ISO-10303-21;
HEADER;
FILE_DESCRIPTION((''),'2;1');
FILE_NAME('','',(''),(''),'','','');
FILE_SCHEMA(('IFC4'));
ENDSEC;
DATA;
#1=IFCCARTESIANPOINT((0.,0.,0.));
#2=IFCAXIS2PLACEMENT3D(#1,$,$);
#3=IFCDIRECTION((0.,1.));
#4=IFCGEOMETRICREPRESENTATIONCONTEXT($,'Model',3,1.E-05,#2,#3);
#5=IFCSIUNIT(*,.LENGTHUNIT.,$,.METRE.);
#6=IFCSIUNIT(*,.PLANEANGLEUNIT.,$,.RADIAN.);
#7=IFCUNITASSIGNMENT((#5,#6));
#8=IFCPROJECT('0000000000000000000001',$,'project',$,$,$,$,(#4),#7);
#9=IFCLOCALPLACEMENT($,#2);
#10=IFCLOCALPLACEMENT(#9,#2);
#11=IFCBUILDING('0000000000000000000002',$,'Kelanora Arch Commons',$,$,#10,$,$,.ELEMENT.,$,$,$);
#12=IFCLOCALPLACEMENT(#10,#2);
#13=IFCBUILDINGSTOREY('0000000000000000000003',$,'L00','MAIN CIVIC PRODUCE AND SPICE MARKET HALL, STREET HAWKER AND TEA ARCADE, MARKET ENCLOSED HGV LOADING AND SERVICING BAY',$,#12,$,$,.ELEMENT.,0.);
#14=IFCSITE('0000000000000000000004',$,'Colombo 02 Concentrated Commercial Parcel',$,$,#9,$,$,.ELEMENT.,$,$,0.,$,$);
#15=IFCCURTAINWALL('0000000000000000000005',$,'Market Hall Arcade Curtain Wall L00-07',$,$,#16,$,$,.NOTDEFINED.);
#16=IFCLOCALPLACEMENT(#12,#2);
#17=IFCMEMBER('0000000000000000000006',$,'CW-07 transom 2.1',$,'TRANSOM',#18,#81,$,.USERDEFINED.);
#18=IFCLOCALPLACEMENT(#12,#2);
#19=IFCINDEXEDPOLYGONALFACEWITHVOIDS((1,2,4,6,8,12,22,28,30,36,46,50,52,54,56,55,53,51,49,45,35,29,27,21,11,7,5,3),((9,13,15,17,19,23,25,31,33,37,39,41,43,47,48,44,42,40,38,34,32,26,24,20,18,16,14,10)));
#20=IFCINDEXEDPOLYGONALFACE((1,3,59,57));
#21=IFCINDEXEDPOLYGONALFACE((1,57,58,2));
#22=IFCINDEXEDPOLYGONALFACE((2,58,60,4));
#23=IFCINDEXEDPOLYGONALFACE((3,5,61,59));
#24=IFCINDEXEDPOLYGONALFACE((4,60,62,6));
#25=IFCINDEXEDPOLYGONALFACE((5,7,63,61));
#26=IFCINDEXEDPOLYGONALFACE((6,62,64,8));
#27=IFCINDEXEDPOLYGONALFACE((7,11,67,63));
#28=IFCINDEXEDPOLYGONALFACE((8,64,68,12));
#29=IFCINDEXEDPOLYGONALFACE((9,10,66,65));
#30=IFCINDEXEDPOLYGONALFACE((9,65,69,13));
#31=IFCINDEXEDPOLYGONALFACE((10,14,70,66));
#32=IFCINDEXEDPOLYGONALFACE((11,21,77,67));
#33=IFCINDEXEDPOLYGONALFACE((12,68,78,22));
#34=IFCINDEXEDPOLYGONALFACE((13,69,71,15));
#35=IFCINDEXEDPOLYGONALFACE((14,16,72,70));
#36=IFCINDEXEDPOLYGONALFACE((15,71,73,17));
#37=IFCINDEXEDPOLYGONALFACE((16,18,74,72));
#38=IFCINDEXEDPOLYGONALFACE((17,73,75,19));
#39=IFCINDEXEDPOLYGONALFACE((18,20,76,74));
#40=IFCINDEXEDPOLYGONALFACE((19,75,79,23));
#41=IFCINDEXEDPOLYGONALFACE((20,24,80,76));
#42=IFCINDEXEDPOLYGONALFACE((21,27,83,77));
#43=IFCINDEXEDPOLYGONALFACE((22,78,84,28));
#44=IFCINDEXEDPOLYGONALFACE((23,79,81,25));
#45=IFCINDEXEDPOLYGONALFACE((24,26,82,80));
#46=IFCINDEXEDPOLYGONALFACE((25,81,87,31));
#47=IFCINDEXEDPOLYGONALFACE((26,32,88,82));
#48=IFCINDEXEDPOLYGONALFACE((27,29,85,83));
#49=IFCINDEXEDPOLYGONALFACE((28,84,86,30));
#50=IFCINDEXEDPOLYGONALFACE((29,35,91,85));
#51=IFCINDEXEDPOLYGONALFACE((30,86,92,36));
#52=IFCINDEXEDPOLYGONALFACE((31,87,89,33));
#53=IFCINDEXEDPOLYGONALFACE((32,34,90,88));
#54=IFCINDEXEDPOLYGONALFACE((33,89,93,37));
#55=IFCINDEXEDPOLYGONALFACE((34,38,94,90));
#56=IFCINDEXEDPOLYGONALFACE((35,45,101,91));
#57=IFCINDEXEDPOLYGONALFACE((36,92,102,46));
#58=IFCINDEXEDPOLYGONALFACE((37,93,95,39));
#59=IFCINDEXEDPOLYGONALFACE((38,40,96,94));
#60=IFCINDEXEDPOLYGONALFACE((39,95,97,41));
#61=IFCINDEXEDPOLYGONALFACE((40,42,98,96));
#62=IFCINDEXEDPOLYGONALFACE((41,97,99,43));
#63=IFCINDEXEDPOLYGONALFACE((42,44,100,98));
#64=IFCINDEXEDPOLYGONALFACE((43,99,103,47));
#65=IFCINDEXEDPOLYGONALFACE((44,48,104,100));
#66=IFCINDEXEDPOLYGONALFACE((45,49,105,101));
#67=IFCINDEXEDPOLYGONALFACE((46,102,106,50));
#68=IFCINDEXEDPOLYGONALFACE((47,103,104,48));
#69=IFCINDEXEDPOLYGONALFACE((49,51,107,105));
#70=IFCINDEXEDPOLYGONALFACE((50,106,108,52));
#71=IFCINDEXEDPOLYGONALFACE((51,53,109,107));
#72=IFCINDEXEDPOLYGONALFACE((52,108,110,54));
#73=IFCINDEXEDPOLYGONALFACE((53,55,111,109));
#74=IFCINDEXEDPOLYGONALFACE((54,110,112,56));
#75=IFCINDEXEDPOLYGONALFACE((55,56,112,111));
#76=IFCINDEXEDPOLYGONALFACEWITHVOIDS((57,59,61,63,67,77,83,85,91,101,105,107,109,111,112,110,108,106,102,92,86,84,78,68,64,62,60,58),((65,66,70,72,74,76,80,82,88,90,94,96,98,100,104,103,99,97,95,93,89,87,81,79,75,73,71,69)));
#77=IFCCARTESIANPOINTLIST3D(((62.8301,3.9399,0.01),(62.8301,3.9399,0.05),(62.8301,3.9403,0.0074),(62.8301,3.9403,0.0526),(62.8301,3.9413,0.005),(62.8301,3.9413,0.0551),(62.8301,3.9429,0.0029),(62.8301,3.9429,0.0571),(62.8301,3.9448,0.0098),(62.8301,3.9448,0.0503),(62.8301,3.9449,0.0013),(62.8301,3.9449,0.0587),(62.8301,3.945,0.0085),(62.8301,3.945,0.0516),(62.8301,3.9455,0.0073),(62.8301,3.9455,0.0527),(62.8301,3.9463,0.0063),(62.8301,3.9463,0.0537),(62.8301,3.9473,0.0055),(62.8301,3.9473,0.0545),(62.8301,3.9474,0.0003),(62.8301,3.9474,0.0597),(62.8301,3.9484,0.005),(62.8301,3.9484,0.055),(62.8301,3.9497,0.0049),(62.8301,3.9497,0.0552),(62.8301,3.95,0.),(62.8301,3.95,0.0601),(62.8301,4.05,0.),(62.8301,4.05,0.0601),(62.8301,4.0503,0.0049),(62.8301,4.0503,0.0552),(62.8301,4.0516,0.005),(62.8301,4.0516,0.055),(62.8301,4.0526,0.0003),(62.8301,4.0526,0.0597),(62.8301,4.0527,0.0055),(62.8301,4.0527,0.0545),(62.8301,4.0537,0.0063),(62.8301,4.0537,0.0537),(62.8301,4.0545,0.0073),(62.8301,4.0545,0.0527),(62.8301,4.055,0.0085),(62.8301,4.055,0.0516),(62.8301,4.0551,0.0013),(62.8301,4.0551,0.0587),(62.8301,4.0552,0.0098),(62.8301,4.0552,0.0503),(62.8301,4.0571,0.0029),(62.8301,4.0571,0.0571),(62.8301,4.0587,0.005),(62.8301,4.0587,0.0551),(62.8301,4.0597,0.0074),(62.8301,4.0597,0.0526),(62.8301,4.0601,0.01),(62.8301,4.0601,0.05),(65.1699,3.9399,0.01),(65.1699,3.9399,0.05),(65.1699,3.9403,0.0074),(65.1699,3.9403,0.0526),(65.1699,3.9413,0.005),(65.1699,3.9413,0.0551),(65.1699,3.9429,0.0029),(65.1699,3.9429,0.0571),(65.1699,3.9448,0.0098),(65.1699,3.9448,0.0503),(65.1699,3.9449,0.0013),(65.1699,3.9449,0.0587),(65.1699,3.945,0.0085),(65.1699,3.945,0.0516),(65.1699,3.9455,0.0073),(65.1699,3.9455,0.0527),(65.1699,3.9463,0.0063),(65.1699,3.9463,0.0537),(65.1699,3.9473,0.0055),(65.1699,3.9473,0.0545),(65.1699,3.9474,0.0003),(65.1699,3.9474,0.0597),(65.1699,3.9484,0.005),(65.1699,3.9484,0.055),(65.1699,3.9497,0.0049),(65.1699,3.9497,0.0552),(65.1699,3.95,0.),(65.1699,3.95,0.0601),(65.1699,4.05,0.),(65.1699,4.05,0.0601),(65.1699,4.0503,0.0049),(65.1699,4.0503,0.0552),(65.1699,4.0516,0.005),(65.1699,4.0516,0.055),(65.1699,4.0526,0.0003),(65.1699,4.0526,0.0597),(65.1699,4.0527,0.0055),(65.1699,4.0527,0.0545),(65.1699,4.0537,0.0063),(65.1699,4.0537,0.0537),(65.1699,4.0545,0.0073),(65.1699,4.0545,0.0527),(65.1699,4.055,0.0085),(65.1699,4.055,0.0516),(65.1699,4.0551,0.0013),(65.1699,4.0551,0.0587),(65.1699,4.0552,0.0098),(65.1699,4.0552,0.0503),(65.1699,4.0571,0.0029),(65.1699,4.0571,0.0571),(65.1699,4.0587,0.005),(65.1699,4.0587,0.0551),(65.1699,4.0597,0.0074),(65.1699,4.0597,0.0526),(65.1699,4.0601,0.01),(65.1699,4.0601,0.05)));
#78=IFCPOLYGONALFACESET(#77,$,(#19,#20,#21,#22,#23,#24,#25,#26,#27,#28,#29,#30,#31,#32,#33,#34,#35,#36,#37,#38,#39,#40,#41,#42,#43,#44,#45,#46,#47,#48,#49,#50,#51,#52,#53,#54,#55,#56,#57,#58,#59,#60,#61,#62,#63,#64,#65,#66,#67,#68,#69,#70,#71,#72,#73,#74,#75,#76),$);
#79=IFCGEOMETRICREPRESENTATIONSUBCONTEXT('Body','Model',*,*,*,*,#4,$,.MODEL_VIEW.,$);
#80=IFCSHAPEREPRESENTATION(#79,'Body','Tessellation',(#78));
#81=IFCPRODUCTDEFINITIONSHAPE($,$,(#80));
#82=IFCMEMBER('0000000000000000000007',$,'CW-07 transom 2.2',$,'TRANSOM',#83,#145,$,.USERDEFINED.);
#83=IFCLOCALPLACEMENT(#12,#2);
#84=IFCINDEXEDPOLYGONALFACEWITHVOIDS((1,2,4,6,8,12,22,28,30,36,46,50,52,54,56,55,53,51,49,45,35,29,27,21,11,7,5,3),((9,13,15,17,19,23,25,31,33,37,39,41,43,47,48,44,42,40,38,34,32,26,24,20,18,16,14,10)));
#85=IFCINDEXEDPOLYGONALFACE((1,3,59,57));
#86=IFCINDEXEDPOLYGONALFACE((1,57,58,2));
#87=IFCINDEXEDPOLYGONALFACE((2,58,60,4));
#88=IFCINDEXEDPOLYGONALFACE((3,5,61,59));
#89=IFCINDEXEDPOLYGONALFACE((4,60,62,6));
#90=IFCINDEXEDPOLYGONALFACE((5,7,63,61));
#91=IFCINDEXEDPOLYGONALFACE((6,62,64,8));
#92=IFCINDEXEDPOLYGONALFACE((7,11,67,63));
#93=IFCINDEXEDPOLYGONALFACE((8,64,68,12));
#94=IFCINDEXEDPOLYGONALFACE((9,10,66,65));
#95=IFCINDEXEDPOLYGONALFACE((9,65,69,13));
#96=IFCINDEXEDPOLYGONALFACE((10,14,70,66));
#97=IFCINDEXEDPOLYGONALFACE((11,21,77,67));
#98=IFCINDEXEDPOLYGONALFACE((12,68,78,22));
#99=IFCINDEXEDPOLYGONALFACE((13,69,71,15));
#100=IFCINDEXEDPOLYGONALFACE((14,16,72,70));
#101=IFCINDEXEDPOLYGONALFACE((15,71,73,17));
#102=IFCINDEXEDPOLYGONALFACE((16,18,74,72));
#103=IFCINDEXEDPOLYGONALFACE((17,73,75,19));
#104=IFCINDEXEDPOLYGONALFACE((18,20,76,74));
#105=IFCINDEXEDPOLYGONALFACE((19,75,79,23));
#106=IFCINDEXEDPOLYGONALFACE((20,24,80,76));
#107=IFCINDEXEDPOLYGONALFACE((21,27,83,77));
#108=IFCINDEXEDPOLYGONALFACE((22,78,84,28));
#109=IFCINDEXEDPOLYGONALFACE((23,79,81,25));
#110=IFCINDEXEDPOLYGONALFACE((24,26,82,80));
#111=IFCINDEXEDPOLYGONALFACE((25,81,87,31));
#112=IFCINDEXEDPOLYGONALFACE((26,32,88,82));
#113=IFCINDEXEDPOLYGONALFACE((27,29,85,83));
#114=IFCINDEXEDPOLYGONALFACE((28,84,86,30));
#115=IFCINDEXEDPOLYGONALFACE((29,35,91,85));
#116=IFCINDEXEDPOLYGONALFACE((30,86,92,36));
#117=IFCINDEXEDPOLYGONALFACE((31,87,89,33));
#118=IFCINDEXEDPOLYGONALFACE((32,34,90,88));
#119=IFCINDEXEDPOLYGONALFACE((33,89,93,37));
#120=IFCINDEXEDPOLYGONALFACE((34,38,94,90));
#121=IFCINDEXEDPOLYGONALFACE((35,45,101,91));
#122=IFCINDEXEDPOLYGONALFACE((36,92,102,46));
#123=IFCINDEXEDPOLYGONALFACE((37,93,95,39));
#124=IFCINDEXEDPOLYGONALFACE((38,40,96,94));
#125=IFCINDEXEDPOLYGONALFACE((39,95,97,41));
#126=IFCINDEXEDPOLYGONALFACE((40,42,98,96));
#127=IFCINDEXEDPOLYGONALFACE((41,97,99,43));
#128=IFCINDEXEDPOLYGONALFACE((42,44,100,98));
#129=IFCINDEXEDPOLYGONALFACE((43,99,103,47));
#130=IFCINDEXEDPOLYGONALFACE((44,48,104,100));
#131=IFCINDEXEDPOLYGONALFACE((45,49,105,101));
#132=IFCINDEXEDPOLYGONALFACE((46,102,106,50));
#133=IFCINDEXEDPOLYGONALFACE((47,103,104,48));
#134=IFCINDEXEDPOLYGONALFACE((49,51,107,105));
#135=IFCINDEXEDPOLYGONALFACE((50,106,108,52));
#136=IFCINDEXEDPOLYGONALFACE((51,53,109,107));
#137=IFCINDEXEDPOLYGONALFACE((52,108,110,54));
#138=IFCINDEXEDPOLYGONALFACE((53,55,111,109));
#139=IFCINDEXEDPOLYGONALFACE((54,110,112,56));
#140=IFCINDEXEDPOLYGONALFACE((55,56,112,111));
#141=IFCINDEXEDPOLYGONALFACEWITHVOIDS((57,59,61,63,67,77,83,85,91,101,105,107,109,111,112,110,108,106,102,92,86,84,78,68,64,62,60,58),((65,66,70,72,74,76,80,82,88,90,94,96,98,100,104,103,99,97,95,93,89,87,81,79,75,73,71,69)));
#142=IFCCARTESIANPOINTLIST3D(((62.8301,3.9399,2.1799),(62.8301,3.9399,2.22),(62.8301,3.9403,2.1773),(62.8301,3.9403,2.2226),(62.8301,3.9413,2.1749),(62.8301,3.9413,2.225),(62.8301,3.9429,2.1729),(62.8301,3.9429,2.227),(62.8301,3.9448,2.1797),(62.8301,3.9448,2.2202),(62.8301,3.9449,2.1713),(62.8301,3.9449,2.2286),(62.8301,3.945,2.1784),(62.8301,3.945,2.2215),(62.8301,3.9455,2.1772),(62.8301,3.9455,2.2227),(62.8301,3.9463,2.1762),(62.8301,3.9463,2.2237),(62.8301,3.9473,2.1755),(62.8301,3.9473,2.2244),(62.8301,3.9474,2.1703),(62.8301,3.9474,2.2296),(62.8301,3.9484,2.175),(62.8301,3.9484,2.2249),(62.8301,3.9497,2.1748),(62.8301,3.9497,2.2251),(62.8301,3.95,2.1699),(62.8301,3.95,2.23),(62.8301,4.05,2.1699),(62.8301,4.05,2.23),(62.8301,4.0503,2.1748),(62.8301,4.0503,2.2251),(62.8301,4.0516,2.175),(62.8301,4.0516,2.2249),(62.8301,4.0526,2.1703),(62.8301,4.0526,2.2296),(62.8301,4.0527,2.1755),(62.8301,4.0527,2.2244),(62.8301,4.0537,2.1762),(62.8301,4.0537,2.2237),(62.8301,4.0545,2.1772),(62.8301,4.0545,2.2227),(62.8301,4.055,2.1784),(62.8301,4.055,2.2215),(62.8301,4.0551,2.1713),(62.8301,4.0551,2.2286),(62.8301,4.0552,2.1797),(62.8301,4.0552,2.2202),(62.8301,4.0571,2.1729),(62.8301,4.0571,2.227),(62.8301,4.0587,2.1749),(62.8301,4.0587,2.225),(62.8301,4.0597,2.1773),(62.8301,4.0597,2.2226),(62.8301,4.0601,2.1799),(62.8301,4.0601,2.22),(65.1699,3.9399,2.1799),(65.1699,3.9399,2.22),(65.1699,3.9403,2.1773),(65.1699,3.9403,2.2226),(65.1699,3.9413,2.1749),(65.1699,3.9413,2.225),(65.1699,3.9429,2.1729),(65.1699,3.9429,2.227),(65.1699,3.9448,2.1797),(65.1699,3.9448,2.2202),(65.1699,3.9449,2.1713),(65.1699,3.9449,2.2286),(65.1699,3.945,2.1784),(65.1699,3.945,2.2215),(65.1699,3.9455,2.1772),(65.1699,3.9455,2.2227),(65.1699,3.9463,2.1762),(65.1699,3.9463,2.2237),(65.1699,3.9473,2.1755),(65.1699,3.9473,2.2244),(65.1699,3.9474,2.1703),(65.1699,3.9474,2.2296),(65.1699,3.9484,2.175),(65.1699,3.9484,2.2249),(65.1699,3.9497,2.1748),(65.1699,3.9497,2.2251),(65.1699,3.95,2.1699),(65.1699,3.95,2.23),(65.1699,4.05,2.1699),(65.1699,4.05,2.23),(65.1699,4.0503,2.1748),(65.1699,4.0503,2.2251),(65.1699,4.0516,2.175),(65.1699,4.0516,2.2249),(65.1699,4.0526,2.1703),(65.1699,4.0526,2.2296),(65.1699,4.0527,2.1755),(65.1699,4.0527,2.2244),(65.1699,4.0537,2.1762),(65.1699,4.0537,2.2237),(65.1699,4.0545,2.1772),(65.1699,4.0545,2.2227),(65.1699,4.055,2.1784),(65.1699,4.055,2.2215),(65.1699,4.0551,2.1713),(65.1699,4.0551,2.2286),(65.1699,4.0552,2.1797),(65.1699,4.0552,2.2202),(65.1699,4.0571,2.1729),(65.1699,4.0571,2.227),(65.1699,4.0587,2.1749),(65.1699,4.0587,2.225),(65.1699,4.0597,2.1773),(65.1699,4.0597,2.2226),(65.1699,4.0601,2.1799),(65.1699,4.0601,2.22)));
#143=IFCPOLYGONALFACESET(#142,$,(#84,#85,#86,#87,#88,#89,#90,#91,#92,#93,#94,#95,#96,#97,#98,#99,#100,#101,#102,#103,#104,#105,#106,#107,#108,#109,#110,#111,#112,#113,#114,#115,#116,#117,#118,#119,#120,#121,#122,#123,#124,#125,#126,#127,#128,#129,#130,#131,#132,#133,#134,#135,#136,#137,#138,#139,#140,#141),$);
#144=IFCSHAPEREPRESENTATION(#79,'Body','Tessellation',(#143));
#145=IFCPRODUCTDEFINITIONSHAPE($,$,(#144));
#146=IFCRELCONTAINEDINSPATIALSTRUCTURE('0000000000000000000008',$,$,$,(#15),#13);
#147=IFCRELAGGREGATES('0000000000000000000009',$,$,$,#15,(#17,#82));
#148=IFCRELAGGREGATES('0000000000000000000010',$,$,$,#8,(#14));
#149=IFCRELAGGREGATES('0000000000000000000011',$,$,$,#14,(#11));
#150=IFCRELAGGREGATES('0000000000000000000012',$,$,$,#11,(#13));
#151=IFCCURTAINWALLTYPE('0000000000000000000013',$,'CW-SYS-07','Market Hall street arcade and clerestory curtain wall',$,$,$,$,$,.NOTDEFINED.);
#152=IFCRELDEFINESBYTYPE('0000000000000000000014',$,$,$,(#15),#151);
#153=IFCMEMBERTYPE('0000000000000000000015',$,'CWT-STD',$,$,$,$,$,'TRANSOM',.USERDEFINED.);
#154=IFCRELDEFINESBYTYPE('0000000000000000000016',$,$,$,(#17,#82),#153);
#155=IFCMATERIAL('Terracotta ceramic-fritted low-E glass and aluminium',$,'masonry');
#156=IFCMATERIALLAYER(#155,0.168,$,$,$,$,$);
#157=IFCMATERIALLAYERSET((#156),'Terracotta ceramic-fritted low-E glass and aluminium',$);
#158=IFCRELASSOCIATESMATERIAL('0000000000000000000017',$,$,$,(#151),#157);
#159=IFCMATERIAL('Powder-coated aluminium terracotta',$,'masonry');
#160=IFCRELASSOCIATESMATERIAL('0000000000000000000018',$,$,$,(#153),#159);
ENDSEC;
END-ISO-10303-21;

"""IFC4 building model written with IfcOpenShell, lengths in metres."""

from ifc_helpers import new_model, si_unit, direction, frame, origin, origin_2d, place, context, subcontext, project, spatial, hollow_rectangle, extrude, material, layer, layer_set, material_profile, profile_set, type_object, element, aggregate, save


model = new_model("IFC4")

# Units and contexts
model_context = context("Model", 3, precision=1e-05, world=origin(), true_north=direction((0.0, 1.0)))
body_context = subcontext(model_context, "Body", "Model", "MODEL_VIEW")
ifc_project = project(units=[si_unit("LENGTHUNIT", "METRE"), si_unit("PLANEANGLEUNIT", "RADIAN")], contexts=[model_context])

# Site, building, storey
site_placement = place(None, origin())
site = spatial("IfcSite", under=ifc_project, at=site_placement, Name="Colombo 02 Concentrated Commercial Parcel", CompositionType="ELEMENT", RefElevation=0.0)
building_placement = place(site_placement, origin())
building = spatial("IfcBuilding", under=site, at=building_placement, Name="Kelanora Arch Commons", CompositionType="ELEMENT")
storey_placement = place(building_placement, origin())
storey = spatial("IfcBuildingStorey", under=building, at=storey_placement, Name="L00", Description="MAIN CIVIC PRODUCE AND SPICE MARKET HALL, STREET HAWKER AND TEA ARCADE, MARKET ENCLOSED HGV LOADING AND SERVICING BAY", CompositionType="ELEMENT", Elevation=0.0)

# Curtain wall, members
ifc_material_1 = material(Name="Terracotta ceramic-fritted low-E glass and aluminium", Category="masonry")
ifc_layer_1 = layer(ifc_material_1, 0.168)
ifc_layer_set_1 = layer_set([ifc_layer_1], Name="Terracotta ceramic-fritted low-E glass and aluminium")
curtain_wall_type = type_object("IfcCurtainWallType", Name="CW-SYS-07", Description="Market Hall street arcade and clerestory curtain wall", PredefinedType="NOTDEFINED", material=ifc_layer_set_1)
curtain_wall_placement = place(storey_placement, origin())
curtain_wall = element("IfcCurtainWall", 1, at=curtain_wall_placement, inside=storey, type_object=curtain_wall_type, Name="Market Hall Arcade Curtain Wall L00-07", PredefinedType="NOTDEFINED")
ifc_material_2 = material(Name="Powder-coated aluminium terracotta", Category="masonry")
ifc_material_profile_1 = material_profile(ifc_material_2, hollow_rectangle(XDim=0.1201, YDim=0.0601, WallThickness=0.0049, InnerFilletRadius=0.0049, OuterFilletRadius=0.01, at=origin_2d()), Name="CWT120x60")
ifc_profile_set_1 = profile_set([ifc_material_profile_1], Name="Powder-coated aluminium terracotta")
member_type_1 = type_object("IfcMemberType", Name="CWT-STD", ElementType="TRANSOM", PredefinedType="USERDEFINED", material=ifc_profile_set_1)
member_1_placement = place(storey_placement, frame((62.8301, 4.0, 0.03), z_axis=(1.0, 0.0, 0.0), x_axis=(0.0, 1.0, 0.0)))
member_1 = element("IfcMember", 2, at=member_1_placement, type_object=member_type_1, Name="CW-07 transom 2.1", ObjectType="TRANSOM", PredefinedType="USERDEFINED", context=body_context, shape_type="SweptSolid", body=[
    extrude(hollow_rectangle(XDim=0.1201, YDim=0.0601, WallThickness=0.0049, InnerFilletRadius=0.0049, OuterFilletRadius=0.01, at=origin_2d()), origin(), (0.0, 0.0, 1.0), 2.3398),
])
member_2_placement = place(storey_placement, frame((62.8301, 4.0, 2.2), z_axis=(1.0, 0.0, 0.0), x_axis=(0.0, 1.0, 0.0)))
member_2 = element("IfcMember", 3, at=member_2_placement, type_object=member_type_1, Name="CW-07 transom 2.2", ObjectType="TRANSOM", PredefinedType="USERDEFINED", context=body_context, shape_type="SweptSolid", body=[
    extrude(hollow_rectangle(XDim=0.1201, YDim=0.0601, WallThickness=0.0049, InnerFilletRadius=0.0049, OuterFilletRadius=0.01, at=origin_2d()), origin(), (0.0, 0.0, 1.0), 2.3398),
])
aggregate(curtain_wall, [member_1, member_2])

save(model, "model.ifc")
